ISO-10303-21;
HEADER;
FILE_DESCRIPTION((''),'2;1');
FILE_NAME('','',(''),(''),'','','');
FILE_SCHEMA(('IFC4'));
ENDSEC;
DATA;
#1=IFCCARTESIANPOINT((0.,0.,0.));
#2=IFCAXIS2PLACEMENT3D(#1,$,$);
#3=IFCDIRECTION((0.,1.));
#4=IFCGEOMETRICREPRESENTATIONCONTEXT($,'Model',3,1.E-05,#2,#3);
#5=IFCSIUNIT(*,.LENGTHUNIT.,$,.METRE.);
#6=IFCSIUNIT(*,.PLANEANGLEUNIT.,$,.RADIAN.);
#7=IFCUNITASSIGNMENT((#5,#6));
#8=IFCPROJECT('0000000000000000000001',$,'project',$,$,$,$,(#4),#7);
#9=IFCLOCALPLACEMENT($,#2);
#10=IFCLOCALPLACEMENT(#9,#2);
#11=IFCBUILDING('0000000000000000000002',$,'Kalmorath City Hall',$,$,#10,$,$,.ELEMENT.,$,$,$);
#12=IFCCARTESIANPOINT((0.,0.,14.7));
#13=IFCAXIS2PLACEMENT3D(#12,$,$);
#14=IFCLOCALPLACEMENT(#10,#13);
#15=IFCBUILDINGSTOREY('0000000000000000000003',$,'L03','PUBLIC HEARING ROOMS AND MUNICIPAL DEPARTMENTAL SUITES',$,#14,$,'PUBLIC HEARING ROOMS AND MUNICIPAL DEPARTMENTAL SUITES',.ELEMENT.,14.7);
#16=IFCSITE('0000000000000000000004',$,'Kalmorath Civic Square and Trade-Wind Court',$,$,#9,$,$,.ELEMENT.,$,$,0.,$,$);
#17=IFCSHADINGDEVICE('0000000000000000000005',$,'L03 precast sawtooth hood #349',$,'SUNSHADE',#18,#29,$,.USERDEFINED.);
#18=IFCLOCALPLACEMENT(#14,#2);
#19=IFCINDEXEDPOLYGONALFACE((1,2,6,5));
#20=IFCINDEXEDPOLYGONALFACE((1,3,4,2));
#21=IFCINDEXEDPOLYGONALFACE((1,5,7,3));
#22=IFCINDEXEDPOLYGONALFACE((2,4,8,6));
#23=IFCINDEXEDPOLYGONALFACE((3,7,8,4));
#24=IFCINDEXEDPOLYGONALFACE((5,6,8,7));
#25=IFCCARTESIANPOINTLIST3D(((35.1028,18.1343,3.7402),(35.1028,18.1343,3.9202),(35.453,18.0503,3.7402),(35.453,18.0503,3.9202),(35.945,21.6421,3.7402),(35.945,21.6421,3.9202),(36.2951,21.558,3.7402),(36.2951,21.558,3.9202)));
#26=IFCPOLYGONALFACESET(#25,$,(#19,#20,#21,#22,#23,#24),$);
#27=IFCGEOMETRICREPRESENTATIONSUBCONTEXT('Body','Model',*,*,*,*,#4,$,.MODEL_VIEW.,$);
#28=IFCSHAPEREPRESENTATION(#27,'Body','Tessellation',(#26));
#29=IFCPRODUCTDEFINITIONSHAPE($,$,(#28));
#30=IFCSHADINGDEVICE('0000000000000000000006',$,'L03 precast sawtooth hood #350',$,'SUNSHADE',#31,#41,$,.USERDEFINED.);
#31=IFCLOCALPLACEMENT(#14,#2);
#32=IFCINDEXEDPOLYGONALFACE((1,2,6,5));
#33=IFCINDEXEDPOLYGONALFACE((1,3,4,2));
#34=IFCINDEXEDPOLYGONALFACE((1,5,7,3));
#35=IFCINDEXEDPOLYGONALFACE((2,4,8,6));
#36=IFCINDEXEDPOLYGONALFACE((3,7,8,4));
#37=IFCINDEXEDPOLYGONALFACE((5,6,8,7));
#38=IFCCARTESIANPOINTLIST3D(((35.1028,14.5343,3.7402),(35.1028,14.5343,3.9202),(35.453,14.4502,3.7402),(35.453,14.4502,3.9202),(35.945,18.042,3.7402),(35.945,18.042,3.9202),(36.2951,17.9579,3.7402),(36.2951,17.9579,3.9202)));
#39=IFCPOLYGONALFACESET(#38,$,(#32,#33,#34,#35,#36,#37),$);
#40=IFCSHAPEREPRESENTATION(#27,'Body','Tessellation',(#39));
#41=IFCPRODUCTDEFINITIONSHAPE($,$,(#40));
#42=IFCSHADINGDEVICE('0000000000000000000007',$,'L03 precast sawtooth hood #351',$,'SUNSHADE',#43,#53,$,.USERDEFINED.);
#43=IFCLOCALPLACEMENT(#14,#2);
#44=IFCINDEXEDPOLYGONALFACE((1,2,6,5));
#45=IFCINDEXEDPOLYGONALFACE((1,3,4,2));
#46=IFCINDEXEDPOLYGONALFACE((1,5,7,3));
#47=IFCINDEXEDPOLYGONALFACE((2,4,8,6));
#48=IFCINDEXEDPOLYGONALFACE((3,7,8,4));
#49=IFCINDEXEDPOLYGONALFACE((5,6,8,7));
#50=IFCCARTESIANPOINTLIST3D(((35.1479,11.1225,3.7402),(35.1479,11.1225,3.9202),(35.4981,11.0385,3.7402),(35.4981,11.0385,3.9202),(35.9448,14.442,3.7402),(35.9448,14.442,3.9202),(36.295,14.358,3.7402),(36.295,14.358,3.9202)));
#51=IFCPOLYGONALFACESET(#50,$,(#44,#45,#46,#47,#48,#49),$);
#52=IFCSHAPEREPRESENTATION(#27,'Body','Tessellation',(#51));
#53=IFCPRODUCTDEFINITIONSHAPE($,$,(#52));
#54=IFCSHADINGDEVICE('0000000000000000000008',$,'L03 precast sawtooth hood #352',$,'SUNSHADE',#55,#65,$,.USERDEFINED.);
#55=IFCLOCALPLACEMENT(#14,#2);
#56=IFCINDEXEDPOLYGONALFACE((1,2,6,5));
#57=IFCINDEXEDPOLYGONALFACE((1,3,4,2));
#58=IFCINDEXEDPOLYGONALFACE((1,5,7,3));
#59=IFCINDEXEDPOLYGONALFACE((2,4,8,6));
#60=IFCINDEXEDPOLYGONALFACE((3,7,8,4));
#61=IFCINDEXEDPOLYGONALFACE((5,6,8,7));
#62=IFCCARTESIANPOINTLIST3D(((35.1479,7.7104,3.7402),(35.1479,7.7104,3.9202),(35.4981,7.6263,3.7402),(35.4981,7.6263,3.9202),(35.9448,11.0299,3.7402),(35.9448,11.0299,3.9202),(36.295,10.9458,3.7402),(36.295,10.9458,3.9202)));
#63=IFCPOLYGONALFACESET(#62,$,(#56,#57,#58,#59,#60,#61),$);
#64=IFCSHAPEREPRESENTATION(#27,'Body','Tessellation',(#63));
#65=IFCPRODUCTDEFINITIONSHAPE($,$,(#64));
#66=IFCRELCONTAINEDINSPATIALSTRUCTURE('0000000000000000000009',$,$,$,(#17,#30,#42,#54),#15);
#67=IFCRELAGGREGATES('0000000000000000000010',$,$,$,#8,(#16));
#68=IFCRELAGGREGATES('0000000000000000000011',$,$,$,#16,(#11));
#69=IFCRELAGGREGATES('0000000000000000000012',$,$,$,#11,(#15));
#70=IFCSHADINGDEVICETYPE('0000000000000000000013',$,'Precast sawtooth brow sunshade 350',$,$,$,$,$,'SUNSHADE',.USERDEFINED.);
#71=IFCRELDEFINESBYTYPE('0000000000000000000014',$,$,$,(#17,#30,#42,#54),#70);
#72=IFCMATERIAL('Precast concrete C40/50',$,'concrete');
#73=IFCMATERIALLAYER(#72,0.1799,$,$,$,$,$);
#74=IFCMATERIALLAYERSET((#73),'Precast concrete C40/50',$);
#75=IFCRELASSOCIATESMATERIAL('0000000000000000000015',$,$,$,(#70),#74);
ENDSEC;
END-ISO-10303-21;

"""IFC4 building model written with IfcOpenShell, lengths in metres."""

from ifc_helpers import new_model, si_unit, direction, frame, origin, origin_2d, place, context, subcontext, project, spatial, rectangle, extrude, material, layer, layer_set, type_object, element, save


model = new_model("IFC4")

# Units and contexts
model_context = context("Model", 3, precision=1e-05, world=origin(), true_north=direction((0.0, 1.0)))
body_context = subcontext(model_context, "Body", "Model", "MODEL_VIEW")
ifc_project = project(units=[si_unit("LENGTHUNIT", "METRE"), si_unit("PLANEANGLEUNIT", "RADIAN")], contexts=[model_context])

# Site, building, storey
site_placement = place(None, origin())
site = spatial("IfcSite", under=ifc_project, at=site_placement, Name="Kalmorath Civic Square and Trade-Wind Court", CompositionType="ELEMENT", RefElevation=0.0)
building_placement = place(site_placement, origin())
building = spatial("IfcBuilding", under=site, at=building_placement, Name="Kalmorath City Hall", CompositionType="ELEMENT")
storey_placement = place(building_placement, frame((0.0, 0.0, 14.7)))
storey = spatial("IfcBuildingStorey", under=building, at=storey_placement, Name="L03", Description="PUBLIC HEARING ROOMS AND MUNICIPAL DEPARTMENTAL SUITES", LongName="PUBLIC HEARING ROOMS AND MUNICIPAL DEPARTMENTAL SUITES", CompositionType="ELEMENT", Elevation=14.7)

# Shading devices
ifc_material_1 = material(Name="Precast concrete C40/50", Category="concrete")
ifc_layer_1 = layer(ifc_material_1, 0.1799)
ifc_layer_set_1 = layer_set([ifc_layer_1], Name="Precast concrete C40/50")
shading_device_type = type_object("IfcShadingDeviceType", Name="Precast sawtooth brow sunshade 350", ElementType="SUNSHADE", PredefinedType="USERDEFINED", material=ifc_layer_set_1)
for number, where, z_axis, x_axis, name in (
    (1, (35.699, 19.8462, 3.7402), (0.0, 0.0, 1.0), (-0.233445, -0.97237, 0.0), "L03 precast sawtooth hood #349"),
    (2, (35.699, 16.2461, 3.7402), (0.0, 0.0, 1.0), (-0.233445, -0.97237, 0.0), "L03 precast sawtooth hood #350"),
):
    element("IfcShadingDevice", number, at=place(storey_placement, frame(where, z_axis=z_axis, x_axis=x_axis)), inside=storey, type_object=shading_device_type, Name=name, ObjectType="SUNSHADE", PredefinedType="USERDEFINED", context=body_context, shape_type="SweptSolid", body=[
        extrude(rectangle(XDim=3.6074, YDim=0.3601, at=origin_2d()), origin(), (0.0, 0.0, 1.0), 0.1799),
    ])
for number, where, z_axis, x_axis, name in (
    (3, (35.7214, 12.7402, 3.7402), (0.0, 0.0, 1.0), (-0.233428, -0.972374, 0.0), "L03 precast sawtooth hood #351"),
    (4, (35.7214, 9.3281, 3.7402), (0.0, 0.0, 1.0), (-0.233428, -0.972374, 0.0), "L03 precast sawtooth hood #352"),
):
    element("IfcShadingDevice", number, at=place(storey_placement, frame(where, z_axis=z_axis, x_axis=x_axis)), inside=storey, type_object=shading_device_type, Name=name, ObjectType="SUNSHADE", PredefinedType="USERDEFINED", context=body_context, shape_type="SweptSolid", body=[
        extrude(rectangle(XDim=3.4138, YDim=0.3601, at=origin_2d()), origin(), (0.0, 0.0, 1.0), 0.1799),
    ])

save(model, "model.ifc")
